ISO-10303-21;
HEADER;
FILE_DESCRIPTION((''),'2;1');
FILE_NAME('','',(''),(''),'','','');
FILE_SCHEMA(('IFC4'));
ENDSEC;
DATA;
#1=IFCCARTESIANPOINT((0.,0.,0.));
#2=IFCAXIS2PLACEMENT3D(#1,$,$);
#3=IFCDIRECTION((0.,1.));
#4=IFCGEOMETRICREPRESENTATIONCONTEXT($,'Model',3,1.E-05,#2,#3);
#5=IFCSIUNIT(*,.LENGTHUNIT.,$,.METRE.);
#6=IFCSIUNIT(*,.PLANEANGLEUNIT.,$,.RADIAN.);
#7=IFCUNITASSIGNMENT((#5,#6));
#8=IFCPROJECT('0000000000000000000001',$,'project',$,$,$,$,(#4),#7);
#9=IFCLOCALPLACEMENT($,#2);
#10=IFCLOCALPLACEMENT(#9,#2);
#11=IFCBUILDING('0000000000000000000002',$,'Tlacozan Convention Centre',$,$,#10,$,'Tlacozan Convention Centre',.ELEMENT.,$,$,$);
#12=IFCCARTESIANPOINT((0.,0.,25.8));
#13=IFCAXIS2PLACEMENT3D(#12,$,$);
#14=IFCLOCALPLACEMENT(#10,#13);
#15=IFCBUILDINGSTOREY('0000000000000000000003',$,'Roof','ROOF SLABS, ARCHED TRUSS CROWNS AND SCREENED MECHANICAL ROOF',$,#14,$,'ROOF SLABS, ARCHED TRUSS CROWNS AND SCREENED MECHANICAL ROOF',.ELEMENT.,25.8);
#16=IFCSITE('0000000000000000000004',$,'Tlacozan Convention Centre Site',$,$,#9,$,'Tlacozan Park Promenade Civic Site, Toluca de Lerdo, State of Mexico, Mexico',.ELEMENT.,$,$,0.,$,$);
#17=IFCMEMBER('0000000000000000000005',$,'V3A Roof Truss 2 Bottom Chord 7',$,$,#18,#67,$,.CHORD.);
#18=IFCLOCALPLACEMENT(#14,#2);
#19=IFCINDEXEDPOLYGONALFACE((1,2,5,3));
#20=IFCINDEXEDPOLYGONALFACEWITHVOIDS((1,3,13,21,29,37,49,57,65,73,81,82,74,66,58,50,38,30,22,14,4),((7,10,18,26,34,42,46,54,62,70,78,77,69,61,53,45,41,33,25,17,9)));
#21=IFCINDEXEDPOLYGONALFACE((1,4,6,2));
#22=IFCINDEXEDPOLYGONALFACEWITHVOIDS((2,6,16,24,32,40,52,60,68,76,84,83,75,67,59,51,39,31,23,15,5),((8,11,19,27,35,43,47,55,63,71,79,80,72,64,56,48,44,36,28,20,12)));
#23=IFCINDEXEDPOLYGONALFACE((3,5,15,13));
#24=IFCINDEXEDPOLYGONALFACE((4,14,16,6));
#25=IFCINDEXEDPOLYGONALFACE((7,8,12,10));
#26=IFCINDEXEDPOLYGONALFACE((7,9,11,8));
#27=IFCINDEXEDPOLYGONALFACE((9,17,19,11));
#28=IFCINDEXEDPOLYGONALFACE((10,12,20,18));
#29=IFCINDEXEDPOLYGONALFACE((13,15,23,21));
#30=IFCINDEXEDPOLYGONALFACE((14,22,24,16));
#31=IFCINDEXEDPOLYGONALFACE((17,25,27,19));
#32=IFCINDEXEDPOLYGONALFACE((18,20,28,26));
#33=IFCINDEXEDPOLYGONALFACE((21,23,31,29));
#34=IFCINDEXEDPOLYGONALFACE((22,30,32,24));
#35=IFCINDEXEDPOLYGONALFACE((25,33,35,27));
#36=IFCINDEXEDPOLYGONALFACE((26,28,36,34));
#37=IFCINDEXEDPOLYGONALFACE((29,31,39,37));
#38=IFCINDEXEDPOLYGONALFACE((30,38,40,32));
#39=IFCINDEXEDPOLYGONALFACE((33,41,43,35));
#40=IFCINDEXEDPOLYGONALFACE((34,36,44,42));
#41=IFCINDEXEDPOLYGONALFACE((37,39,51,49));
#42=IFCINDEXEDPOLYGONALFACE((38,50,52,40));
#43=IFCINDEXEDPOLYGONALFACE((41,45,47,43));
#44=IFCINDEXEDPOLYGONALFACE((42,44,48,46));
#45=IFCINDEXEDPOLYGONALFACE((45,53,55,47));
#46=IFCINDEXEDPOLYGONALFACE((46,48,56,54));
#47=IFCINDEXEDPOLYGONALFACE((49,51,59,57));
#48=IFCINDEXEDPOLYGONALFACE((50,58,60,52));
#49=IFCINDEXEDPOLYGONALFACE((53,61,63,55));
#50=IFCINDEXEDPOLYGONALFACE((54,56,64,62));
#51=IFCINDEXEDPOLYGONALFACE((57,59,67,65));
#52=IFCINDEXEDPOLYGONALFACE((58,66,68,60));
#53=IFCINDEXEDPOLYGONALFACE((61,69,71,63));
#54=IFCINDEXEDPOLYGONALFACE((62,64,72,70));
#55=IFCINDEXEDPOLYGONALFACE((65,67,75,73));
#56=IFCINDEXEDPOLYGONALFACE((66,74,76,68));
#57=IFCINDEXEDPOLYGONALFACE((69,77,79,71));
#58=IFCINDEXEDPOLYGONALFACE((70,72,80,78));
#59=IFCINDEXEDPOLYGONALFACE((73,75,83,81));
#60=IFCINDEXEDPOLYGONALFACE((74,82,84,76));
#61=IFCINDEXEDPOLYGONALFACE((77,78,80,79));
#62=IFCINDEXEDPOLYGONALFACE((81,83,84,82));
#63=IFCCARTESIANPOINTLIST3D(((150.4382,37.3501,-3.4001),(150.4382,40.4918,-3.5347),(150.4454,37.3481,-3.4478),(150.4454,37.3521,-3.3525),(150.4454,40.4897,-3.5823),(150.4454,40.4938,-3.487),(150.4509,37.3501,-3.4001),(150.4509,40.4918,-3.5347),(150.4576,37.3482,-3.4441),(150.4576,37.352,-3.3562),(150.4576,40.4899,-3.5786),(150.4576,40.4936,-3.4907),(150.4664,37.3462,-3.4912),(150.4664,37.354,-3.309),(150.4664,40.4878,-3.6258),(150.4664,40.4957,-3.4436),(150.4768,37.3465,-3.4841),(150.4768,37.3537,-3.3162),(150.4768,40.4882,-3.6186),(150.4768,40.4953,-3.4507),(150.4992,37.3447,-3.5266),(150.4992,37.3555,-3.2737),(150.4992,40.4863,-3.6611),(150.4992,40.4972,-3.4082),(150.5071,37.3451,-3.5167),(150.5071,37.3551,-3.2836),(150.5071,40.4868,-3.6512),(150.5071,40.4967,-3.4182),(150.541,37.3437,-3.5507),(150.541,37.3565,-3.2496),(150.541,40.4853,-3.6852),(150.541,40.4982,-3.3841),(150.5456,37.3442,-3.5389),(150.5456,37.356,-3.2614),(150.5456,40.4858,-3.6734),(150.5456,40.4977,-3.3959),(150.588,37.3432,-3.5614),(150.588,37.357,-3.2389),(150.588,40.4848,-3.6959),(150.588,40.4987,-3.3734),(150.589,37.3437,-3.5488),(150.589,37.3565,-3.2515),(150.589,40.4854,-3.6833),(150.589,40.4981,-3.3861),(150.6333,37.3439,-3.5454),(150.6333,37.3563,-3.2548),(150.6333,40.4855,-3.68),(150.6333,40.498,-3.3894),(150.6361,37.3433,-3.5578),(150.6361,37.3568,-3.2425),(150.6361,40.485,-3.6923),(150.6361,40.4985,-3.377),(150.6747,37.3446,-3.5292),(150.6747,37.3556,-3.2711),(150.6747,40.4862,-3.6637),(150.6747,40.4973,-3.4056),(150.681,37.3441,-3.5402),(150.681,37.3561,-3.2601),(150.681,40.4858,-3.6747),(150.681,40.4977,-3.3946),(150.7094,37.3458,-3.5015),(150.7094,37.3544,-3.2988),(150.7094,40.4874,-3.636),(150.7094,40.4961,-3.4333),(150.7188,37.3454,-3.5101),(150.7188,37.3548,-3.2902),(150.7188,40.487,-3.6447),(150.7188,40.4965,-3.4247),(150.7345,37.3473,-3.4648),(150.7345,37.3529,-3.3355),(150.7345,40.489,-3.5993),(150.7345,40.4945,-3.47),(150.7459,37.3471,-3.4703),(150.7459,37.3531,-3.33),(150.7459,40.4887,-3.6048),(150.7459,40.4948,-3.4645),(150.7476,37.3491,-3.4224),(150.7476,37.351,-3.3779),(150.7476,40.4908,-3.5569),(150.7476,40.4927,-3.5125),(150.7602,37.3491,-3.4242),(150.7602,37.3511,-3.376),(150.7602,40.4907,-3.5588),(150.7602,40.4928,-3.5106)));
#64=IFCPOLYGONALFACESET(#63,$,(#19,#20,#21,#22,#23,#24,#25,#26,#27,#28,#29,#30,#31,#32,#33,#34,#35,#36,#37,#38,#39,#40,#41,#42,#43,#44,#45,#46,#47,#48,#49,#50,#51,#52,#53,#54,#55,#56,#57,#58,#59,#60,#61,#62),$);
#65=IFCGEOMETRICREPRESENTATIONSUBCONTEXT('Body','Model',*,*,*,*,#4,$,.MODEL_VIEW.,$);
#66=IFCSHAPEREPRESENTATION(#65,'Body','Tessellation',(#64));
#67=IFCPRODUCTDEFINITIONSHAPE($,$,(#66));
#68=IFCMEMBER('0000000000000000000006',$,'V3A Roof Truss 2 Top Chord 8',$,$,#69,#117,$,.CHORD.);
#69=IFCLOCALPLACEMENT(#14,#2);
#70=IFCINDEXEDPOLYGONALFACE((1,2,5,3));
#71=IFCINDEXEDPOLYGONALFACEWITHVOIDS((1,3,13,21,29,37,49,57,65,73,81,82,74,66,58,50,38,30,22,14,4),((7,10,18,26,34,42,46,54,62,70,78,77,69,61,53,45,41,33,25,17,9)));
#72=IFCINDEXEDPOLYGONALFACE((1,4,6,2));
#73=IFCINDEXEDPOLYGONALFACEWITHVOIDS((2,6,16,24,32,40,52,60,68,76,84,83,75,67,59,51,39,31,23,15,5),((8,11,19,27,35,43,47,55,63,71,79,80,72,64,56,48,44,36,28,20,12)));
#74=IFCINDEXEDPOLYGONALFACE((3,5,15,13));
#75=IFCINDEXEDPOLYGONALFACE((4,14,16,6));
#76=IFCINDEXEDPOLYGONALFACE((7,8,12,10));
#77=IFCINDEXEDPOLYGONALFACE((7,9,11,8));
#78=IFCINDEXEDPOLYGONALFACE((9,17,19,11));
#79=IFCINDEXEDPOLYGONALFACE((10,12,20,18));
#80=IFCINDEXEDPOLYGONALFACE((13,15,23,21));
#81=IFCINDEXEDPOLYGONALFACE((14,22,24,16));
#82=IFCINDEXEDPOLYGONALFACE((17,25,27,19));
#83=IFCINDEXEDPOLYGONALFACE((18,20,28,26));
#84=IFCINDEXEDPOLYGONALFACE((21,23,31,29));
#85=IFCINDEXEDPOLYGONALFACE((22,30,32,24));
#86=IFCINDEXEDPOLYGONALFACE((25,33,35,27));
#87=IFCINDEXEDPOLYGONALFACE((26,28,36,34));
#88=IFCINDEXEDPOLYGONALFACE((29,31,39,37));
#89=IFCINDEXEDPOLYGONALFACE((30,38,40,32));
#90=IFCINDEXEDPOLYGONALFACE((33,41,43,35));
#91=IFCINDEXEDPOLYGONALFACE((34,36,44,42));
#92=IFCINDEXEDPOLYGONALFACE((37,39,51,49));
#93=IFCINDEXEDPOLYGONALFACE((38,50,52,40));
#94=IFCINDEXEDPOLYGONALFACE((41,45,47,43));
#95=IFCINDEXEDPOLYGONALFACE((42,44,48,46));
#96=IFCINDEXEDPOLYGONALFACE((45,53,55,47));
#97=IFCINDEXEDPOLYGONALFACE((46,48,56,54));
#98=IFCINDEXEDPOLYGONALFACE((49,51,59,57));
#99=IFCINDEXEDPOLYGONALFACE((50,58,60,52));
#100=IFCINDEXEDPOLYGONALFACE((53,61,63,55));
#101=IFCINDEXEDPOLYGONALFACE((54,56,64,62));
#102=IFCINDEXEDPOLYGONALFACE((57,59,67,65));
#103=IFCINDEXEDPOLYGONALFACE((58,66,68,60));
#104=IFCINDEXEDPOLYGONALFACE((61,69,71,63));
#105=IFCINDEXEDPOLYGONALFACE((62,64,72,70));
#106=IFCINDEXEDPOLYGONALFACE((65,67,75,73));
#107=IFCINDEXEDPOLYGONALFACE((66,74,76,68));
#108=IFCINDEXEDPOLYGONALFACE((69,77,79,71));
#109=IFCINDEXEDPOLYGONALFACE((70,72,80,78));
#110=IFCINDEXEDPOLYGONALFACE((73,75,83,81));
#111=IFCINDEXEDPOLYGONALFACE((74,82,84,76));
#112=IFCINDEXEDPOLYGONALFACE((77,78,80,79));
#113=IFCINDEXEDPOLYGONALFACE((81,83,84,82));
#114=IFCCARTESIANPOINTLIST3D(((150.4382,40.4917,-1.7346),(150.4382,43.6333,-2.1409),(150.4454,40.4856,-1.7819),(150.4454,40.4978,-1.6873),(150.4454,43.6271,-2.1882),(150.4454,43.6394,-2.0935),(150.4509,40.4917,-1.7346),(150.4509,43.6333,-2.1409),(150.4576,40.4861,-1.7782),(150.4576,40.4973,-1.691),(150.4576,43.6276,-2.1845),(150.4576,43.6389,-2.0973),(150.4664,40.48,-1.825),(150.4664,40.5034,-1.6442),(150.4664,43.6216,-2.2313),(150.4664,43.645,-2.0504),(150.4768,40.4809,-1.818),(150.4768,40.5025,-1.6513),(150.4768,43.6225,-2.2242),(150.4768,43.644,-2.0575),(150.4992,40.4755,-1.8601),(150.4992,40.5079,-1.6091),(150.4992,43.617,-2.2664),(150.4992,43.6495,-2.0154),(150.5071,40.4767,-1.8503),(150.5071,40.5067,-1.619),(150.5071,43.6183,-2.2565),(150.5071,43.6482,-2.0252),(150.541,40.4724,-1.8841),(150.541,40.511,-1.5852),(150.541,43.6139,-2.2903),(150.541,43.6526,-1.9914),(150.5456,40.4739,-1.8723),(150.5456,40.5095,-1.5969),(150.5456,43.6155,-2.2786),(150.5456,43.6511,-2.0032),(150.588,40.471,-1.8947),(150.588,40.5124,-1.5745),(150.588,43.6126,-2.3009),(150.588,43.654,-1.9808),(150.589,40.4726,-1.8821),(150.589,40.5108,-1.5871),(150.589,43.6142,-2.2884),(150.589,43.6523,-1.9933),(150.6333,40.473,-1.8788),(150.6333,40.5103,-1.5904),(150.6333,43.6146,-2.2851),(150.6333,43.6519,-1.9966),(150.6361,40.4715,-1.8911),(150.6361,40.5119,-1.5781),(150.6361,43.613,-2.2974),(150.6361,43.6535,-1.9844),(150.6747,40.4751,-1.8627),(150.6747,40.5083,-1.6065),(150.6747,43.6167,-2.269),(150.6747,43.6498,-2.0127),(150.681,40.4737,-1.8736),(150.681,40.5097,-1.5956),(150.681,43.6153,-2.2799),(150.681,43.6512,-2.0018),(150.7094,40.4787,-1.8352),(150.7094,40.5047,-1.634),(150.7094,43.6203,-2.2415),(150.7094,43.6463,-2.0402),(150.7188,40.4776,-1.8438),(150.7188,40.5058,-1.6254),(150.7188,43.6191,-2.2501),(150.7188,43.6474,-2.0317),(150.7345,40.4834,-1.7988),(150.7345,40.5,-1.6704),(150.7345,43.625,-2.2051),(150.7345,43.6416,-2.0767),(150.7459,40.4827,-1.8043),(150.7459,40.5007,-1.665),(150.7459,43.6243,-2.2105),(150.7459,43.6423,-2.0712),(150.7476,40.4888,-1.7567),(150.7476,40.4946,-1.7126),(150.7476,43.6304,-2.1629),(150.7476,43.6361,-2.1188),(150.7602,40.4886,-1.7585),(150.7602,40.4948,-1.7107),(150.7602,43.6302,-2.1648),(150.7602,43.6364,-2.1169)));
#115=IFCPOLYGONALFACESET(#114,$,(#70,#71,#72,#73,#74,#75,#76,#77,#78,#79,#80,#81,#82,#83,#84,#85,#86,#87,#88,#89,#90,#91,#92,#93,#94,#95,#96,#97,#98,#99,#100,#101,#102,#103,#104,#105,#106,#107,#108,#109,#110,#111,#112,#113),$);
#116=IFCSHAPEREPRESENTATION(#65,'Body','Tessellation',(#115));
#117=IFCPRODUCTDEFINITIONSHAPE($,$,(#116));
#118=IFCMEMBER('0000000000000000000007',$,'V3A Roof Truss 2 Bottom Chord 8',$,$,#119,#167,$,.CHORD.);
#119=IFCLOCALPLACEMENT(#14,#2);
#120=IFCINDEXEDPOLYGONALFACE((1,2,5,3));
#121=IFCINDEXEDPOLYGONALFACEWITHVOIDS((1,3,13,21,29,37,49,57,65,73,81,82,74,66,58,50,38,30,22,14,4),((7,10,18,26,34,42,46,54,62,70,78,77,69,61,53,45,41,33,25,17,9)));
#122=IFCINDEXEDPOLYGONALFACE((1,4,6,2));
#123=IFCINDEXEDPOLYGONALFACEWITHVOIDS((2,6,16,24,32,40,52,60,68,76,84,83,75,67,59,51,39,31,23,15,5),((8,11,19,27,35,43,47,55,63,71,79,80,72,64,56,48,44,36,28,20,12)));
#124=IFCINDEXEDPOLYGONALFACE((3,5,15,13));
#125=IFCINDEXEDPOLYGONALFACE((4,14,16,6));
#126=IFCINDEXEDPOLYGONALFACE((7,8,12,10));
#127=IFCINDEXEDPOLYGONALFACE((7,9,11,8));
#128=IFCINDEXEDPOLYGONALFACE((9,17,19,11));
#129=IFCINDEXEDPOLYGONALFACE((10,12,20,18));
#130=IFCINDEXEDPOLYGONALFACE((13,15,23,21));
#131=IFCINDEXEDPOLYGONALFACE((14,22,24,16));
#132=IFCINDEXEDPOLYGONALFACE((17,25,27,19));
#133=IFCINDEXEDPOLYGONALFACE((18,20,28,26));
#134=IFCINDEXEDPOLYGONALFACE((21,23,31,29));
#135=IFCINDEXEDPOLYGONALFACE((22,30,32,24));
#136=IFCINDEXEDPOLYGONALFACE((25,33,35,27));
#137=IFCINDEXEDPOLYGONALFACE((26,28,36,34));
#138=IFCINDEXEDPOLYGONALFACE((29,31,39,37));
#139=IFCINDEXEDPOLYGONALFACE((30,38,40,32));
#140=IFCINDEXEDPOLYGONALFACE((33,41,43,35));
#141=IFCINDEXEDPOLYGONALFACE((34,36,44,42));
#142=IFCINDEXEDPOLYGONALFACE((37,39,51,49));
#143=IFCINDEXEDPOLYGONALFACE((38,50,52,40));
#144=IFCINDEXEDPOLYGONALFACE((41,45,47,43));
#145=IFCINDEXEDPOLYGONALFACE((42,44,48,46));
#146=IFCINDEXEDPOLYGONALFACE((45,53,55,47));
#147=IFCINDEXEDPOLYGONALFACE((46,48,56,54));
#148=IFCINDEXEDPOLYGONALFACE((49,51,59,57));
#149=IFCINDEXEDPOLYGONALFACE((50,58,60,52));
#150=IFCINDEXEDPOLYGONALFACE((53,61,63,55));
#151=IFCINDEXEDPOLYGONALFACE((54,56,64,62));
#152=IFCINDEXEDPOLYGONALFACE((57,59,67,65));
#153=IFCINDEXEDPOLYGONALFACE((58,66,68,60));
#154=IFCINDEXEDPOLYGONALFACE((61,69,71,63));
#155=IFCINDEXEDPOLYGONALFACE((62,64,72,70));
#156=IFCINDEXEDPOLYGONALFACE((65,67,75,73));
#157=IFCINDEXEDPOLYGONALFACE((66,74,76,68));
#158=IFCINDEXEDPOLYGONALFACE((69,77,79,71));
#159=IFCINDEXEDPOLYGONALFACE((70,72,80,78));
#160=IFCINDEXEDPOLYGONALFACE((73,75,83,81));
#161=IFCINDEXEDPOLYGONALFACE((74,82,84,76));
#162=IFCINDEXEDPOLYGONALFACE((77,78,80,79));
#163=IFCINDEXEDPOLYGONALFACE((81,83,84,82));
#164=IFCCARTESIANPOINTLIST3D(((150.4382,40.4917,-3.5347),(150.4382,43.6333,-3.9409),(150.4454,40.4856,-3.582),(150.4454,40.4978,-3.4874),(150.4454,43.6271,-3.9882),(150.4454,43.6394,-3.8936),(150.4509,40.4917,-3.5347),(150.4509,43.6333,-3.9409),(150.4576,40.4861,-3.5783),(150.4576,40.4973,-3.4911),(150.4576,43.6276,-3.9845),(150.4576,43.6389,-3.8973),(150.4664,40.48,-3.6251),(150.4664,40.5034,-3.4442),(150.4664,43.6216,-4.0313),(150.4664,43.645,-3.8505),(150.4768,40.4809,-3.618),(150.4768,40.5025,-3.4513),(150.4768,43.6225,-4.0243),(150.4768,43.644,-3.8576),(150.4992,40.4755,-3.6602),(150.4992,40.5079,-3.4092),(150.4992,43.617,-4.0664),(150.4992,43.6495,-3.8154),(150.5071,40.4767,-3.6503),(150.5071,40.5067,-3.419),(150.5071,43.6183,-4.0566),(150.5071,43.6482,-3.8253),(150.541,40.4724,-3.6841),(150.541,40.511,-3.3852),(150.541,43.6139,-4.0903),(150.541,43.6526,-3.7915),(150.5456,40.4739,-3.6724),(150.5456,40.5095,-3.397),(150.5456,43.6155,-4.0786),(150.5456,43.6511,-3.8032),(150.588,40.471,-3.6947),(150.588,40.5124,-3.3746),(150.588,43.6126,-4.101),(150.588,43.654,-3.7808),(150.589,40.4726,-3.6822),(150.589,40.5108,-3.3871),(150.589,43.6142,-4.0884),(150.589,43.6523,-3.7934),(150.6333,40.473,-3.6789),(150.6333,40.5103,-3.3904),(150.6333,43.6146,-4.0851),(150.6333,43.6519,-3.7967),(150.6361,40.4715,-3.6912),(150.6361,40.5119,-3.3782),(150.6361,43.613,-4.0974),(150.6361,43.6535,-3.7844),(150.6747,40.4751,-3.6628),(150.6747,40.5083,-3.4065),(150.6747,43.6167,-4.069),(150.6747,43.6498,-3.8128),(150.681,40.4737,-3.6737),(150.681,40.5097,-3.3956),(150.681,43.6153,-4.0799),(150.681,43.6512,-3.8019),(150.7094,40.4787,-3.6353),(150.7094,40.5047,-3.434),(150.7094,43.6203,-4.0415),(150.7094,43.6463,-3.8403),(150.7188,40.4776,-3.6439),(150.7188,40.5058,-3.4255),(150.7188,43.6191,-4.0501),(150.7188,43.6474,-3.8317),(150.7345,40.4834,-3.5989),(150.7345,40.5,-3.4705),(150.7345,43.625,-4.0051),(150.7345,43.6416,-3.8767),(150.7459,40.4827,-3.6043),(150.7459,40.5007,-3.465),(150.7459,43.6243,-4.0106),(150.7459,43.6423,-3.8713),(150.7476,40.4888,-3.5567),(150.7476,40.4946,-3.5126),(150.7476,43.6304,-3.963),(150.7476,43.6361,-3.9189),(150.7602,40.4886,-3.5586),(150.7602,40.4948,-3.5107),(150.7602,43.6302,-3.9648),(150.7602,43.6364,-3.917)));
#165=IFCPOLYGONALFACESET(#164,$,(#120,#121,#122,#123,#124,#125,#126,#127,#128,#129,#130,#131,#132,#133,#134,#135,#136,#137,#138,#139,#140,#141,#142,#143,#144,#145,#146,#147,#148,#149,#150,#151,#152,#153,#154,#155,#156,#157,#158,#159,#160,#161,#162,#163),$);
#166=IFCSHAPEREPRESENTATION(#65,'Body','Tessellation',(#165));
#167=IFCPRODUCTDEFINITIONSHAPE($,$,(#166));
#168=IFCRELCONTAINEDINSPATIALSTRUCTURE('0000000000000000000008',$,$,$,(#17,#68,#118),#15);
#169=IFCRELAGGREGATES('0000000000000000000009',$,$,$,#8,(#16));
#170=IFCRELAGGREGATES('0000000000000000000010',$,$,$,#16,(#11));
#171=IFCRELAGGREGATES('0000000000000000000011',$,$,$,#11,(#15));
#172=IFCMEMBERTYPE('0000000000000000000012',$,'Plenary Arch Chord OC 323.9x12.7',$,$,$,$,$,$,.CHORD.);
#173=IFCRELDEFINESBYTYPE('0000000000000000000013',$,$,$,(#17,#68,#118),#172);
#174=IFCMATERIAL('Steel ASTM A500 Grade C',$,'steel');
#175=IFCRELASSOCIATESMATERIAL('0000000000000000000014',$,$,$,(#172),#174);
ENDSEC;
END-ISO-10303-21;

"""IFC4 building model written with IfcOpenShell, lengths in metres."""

from ifc_helpers import new_model, si_unit, direction, frame, origin, origin_2d, place, context, subcontext, project, spatial, hollow_circle, extrude, material, material_profile, profile_set, type_object, element, save


model = new_model("IFC4")

# Units and contexts
model_context = context("Model", 3, precision=1e-05, world=origin(), true_north=direction((0.0, 1.0)))
body_context = subcontext(model_context, "Body", "Model", "MODEL_VIEW")
ifc_project = project(units=[si_unit("LENGTHUNIT", "METRE"), si_unit("PLANEANGLEUNIT", "RADIAN")], contexts=[model_context])

# Site, building, storey
site_placement = place(None, origin())
site = spatial("IfcSite", under=ifc_project, at=site_placement, Name="Tlacozan Convention Centre Site", LongName="Tlacozan Park Promenade Civic Site, Toluca de Lerdo, State of Mexico, Mexico", CompositionType="ELEMENT", RefElevation=0.0)
building_placement = place(site_placement, origin())
building = spatial("IfcBuilding", under=site, at=building_placement, Name="Tlacozan Convention Centre", LongName="Tlacozan Convention Centre", CompositionType="ELEMENT")
storey_placement = place(building_placement, frame((0.0, 0.0, 25.8)))
storey = spatial("IfcBuildingStorey", under=building, at=storey_placement, Name="Roof", Description="ROOF SLABS, ARCHED TRUSS CROWNS AND SCREENED MECHANICAL ROOF", LongName="ROOF SLABS, ARCHED TRUSS CROWNS AND SCREENED MECHANICAL ROOF", CompositionType="ELEMENT", Elevation=25.8)

# Members
ifc_material_1 = material(Name="Steel ASTM A500 Grade C", Category="steel")
ifc_material_profile_1 = material_profile(ifc_material_1, hollow_circle(Radius=0.1619, WallThickness=0.0127, at=origin_2d()), Name="OC 323.9x12.7")
ifc_profile_set_1 = profile_set([ifc_material_profile_1], Name="Steel ASTM A500 Grade C")
member_type_1 = type_object("IfcMemberType", Name="Plenary Arch Chord OC 323.9x12.7", PredefinedType="CHORD", material=ifc_profile_set_1)
for number, where, z_axis, x_axis, name in (
    (1, (150.6001, 37.3501, -3.4001), (0.0, 0.999085, -0.04278), (-1.0, 0.0, 0.0), "V3A Roof Truss 2 Bottom Chord 7"),
):
    element("IfcMember", number, at=place(storey_placement, frame(where, z_axis=z_axis, x_axis=x_axis)), inside=storey, type_object=member_type_1, Name=name, PredefinedType="CHORD", context=body_context, shape_type="SweptSolid", body=[
        extrude(hollow_circle(Radius=0.1619, WallThickness=0.0127, at=origin_2d()), origin(), (0.0, 0.0, 1.0), 3.1445),
    ])
for number, where, z_axis, x_axis, name in (
    (2, (150.6001, 40.4917, -1.7346), (0.0, 0.991742, -0.128245), (-1.0, 0.0, 0.0), "V3A Roof Truss 2 Top Chord 8"),
    (3, (150.6001, 40.4917, -3.5347), (0.0, 0.991742, -0.128245), (-1.0, 0.0, 0.0), "V3A Roof Truss 2 Bottom Chord 8"),
):
    element("IfcMember", number, at=place(storey_placement, frame(where, z_axis=z_axis, x_axis=x_axis)), inside=storey, type_object=member_type_1, Name=name, PredefinedType="CHORD", context=body_context, shape_type="SweptSolid", body=[
        extrude(hollow_circle(Radius=0.1619, WallThickness=0.0127, at=origin_2d()), origin(), (0.0, 0.0, 1.0), 3.1677),
    ])

save(model, "model.ifc")
